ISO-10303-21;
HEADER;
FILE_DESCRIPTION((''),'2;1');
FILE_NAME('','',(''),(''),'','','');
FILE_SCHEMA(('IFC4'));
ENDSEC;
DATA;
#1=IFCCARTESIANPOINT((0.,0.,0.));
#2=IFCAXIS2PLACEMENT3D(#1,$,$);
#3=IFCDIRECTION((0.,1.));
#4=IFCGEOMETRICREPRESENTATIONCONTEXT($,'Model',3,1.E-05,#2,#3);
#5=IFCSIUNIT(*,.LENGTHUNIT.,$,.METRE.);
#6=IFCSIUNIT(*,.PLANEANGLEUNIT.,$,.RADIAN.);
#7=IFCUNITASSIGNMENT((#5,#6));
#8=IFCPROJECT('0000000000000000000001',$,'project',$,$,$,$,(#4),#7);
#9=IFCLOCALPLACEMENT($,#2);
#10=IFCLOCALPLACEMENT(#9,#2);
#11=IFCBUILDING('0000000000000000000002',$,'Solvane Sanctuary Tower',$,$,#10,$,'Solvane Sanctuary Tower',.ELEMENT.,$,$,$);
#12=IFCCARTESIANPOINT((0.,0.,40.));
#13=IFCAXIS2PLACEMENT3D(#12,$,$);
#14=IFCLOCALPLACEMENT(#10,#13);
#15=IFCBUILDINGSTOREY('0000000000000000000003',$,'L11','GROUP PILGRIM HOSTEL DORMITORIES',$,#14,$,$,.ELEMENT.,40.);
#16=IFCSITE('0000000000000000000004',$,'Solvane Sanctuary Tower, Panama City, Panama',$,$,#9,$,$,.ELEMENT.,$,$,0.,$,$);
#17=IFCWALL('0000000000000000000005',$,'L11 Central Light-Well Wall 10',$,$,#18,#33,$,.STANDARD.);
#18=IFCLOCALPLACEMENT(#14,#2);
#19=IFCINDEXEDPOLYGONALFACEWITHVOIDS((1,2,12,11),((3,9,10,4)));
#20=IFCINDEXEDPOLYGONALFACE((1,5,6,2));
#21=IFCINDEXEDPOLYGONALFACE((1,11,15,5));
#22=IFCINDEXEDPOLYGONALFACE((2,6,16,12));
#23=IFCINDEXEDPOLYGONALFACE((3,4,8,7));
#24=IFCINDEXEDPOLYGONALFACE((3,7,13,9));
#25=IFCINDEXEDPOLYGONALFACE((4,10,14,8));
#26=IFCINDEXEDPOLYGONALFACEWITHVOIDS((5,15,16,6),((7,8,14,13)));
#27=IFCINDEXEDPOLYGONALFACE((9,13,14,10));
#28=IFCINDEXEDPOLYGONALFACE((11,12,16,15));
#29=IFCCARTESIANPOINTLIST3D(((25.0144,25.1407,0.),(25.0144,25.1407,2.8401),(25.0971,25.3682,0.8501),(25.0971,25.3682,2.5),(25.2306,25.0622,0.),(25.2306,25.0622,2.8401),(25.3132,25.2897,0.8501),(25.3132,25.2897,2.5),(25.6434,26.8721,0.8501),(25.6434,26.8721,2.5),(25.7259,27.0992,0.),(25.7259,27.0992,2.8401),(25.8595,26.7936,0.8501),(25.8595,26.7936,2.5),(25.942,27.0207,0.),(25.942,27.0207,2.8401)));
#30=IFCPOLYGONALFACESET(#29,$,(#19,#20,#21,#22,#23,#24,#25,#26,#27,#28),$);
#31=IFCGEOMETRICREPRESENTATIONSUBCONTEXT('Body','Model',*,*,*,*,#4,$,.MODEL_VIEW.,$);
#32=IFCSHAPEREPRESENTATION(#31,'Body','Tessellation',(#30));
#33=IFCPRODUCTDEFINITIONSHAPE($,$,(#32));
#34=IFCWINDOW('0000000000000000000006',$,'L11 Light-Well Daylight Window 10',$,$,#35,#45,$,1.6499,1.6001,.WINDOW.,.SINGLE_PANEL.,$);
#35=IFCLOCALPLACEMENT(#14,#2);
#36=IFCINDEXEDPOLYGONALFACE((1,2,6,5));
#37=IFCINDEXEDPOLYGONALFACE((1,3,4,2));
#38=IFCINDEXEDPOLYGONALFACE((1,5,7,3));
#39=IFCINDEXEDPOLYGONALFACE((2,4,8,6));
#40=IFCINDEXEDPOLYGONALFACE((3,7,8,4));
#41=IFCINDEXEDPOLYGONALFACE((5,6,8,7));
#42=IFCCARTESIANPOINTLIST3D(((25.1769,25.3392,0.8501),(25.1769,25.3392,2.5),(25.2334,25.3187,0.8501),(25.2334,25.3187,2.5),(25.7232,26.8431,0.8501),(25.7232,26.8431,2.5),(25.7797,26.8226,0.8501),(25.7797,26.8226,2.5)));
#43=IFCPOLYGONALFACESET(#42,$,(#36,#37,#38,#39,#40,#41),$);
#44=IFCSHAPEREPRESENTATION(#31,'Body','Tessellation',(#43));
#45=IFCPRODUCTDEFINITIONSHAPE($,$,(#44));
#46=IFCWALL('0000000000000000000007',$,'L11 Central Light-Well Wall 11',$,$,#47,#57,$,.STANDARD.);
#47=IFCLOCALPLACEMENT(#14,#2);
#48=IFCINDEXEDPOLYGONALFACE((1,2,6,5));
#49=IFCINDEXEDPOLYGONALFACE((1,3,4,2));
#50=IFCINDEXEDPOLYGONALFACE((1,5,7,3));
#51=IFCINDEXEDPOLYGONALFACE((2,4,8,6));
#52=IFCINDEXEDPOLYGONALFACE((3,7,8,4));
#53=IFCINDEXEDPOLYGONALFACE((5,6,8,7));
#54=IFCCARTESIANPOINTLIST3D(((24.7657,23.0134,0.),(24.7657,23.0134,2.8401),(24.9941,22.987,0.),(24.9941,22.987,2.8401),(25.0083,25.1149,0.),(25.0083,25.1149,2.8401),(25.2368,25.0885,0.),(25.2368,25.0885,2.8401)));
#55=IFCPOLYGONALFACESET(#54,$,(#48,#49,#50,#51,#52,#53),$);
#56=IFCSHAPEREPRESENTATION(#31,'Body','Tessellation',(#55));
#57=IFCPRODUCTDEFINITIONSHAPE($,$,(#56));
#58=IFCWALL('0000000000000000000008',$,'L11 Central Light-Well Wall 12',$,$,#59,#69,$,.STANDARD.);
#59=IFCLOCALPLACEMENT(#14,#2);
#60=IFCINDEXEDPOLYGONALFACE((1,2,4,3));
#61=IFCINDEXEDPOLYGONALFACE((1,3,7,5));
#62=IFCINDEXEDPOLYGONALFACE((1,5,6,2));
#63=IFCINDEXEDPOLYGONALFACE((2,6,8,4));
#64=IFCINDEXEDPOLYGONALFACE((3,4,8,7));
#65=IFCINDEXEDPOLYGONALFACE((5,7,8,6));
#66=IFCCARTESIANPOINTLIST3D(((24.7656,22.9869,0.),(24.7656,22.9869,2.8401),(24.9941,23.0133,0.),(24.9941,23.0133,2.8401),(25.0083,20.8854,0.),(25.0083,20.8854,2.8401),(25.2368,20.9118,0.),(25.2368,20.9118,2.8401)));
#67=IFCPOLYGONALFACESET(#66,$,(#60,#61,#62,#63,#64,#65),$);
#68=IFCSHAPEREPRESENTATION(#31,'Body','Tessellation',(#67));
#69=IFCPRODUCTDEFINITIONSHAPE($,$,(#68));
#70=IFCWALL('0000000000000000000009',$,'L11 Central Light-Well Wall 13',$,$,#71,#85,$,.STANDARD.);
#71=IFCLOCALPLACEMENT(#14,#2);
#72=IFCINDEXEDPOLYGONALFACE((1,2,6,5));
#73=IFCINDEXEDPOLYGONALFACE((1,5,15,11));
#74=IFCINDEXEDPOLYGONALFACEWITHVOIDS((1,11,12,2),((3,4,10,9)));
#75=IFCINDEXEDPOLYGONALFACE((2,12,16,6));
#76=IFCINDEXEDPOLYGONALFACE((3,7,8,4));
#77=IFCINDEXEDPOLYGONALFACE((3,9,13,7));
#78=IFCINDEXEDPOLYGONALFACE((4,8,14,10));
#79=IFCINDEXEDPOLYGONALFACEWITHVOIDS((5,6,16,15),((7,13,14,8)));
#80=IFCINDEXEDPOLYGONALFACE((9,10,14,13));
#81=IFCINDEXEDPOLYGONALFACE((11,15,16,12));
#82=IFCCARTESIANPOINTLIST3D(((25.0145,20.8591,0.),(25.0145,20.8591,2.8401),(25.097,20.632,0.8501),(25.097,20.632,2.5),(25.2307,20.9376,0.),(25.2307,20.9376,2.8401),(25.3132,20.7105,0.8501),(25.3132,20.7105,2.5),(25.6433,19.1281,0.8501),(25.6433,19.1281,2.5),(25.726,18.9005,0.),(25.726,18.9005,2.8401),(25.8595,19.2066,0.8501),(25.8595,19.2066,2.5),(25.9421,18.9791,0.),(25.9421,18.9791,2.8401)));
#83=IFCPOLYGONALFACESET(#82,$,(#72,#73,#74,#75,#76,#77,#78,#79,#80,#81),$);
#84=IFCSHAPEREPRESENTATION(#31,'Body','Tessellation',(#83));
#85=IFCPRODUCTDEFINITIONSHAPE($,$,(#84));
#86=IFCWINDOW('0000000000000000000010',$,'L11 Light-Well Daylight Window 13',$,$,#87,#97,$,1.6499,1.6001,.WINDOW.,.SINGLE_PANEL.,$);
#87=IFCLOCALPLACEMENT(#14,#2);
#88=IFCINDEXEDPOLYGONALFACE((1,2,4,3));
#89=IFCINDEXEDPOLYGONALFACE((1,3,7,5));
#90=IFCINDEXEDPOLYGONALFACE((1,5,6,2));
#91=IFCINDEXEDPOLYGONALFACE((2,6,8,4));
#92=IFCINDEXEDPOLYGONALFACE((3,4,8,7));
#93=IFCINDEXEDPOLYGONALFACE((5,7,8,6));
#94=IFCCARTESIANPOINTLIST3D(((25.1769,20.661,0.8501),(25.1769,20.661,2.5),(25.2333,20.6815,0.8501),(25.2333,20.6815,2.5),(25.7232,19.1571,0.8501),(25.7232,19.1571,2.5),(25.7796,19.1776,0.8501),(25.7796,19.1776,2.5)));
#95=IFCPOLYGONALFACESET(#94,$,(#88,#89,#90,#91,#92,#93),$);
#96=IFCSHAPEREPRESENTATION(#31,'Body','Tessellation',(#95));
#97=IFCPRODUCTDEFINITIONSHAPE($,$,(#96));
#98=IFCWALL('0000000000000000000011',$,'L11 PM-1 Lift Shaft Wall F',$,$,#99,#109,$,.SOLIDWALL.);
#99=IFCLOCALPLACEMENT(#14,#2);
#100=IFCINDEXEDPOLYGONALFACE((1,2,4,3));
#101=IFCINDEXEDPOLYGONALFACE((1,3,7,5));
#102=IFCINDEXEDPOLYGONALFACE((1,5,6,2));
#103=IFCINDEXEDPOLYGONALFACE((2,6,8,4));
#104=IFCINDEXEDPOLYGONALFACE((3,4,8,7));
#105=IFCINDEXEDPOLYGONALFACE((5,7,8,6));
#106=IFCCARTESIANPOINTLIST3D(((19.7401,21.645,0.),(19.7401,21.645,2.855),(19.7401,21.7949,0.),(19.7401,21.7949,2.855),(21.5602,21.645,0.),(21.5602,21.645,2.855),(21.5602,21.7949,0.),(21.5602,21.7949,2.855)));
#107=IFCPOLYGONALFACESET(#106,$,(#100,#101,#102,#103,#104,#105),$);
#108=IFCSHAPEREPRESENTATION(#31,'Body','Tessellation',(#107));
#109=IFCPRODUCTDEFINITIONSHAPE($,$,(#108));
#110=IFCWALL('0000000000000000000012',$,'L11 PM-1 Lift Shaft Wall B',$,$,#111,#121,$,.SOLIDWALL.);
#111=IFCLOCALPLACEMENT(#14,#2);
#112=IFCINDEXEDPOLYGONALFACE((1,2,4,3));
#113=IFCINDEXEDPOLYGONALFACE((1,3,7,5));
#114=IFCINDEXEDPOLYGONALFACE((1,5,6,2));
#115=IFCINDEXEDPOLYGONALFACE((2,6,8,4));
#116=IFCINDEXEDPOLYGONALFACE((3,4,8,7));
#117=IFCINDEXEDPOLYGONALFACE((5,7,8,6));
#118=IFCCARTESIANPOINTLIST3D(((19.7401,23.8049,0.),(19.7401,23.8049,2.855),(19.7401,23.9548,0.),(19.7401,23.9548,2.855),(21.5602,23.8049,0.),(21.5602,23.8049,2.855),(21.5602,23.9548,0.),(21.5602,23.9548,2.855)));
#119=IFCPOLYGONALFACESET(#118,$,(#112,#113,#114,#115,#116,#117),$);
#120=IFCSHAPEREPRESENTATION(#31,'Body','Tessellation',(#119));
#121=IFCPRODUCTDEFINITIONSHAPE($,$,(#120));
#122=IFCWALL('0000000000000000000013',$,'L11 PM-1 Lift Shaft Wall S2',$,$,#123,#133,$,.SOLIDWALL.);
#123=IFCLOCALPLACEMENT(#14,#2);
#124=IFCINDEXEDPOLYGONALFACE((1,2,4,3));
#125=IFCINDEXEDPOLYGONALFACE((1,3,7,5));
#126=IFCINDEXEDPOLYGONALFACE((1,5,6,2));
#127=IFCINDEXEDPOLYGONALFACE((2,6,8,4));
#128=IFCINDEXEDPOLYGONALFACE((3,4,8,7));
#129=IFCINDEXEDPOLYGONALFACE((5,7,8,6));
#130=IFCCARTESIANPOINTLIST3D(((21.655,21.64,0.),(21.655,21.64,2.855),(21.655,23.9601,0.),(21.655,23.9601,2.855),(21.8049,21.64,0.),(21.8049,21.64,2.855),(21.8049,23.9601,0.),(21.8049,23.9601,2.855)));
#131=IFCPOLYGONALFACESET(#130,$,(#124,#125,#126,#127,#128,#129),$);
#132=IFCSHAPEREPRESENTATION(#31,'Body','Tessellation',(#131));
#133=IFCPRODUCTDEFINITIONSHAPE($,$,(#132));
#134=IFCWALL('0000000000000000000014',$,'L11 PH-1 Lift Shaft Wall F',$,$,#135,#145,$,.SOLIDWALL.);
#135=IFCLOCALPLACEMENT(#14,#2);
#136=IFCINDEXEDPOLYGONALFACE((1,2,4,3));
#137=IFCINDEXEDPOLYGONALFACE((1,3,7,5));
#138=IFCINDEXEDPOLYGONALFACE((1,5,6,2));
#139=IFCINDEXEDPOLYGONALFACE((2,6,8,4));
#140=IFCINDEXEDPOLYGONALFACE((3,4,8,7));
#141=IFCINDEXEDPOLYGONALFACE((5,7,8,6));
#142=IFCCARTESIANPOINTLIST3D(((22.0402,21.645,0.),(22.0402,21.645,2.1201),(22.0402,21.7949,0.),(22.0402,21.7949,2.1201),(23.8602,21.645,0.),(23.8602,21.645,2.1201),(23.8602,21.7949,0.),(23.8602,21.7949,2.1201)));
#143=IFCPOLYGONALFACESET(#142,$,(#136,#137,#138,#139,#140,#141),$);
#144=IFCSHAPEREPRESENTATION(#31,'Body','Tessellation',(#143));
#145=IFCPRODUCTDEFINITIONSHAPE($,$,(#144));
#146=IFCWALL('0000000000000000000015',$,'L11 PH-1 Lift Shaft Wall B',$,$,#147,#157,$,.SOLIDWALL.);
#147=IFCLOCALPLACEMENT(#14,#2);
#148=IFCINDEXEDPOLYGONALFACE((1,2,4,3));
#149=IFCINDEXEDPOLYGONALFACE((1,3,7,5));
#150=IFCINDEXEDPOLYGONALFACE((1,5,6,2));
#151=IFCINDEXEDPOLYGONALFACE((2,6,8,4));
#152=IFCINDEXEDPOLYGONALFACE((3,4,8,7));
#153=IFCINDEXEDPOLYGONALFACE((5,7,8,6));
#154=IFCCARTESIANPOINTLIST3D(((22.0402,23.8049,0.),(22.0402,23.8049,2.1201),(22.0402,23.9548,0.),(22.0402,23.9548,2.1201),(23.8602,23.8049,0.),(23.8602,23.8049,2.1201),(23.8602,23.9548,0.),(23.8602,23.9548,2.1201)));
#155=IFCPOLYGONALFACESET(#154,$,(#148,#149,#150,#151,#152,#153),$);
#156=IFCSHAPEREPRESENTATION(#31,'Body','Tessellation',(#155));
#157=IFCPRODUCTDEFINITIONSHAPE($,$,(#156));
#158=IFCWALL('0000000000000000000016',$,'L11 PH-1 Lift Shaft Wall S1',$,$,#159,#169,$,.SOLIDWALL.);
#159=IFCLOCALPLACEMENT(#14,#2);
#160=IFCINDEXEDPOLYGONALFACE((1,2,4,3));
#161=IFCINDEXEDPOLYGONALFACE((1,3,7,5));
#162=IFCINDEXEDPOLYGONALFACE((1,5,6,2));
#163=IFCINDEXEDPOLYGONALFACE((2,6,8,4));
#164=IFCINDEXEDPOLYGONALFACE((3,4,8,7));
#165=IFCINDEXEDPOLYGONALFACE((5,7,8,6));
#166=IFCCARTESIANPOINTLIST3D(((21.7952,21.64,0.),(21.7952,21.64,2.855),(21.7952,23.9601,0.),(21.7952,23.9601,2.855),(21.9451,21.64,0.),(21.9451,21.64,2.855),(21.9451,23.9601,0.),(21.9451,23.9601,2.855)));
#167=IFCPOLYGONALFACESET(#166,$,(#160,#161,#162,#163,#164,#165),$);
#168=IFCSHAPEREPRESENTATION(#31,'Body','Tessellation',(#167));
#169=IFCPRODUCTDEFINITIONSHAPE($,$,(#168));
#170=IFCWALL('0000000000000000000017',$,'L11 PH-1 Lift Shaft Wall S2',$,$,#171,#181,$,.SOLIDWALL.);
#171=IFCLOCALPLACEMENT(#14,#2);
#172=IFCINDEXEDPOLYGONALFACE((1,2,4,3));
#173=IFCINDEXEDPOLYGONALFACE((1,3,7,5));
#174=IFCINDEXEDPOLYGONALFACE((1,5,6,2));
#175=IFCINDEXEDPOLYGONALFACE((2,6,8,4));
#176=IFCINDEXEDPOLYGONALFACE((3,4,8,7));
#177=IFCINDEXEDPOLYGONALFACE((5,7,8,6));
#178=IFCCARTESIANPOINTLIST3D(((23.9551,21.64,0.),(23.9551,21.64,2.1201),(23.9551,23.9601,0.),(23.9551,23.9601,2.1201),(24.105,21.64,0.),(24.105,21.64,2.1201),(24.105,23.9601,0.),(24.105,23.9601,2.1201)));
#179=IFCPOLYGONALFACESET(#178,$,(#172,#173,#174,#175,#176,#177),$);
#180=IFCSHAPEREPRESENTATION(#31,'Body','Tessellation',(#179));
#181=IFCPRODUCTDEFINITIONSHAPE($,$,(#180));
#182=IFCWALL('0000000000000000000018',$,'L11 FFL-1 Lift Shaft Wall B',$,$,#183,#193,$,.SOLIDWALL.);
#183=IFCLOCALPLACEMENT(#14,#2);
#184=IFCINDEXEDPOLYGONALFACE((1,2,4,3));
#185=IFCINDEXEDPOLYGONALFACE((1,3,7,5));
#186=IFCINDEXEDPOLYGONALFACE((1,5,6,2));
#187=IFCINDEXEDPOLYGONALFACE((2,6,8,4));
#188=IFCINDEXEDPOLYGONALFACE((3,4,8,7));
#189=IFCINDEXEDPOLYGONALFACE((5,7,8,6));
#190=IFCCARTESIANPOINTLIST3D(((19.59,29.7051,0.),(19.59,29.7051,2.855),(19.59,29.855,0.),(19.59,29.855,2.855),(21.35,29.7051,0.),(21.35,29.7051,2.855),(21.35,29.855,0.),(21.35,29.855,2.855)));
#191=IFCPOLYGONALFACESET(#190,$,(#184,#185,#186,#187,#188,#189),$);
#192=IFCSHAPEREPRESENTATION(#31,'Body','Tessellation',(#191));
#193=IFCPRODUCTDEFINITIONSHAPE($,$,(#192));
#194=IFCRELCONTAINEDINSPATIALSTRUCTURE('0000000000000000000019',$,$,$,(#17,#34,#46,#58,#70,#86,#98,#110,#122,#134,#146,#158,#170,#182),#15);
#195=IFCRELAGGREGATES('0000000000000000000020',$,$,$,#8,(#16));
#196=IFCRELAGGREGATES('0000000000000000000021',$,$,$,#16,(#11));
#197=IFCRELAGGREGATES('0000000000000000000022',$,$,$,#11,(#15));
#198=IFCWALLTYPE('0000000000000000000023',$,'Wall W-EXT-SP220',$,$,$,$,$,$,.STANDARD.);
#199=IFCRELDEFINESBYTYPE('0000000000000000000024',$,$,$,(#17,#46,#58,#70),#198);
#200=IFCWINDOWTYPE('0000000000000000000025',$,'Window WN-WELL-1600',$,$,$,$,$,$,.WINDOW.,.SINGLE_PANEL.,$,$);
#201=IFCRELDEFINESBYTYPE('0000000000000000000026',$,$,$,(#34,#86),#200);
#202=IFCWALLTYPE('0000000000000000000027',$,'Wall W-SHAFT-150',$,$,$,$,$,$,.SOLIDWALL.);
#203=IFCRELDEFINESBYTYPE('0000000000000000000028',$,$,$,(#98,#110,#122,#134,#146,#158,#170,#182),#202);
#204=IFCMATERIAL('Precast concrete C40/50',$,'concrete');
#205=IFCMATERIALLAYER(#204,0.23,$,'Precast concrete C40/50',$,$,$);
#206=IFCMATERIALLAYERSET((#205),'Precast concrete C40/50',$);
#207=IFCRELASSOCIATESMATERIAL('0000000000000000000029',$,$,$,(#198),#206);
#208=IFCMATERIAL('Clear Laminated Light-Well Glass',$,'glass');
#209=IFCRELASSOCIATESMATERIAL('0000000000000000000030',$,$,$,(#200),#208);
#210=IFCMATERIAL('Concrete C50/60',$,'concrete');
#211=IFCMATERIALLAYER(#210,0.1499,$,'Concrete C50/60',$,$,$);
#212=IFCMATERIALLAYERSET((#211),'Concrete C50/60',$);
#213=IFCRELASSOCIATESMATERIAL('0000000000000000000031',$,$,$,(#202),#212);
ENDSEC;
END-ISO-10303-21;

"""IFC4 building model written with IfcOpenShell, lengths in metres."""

from ifc_helpers import new_model, si_unit, direction, frame, frame_2d, origin, place, context, subcontext, project, spatial, rectangle, extrude, material, layer, layer_set, type_object, element, fill, save


model = new_model("IFC4")

# Units and contexts
model_context = context("Model", 3, precision=1e-05, world=origin(), true_north=direction((0.0, 1.0)))
body_context = subcontext(model_context, "Body", "Model", "MODEL_VIEW")
ifc_project = project(units=[si_unit("LENGTHUNIT", "METRE"), si_unit("PLANEANGLEUNIT", "RADIAN")], contexts=[model_context])

# Site, building, storey
site_placement = place(None, origin())
site = spatial("IfcSite", under=ifc_project, at=site_placement, Name="Solvane Sanctuary Tower, Panama City, Panama", CompositionType="ELEMENT", RefElevation=0.0)
building_placement = place(site_placement, origin())
building = spatial("IfcBuilding", under=site, at=building_placement, Name="Solvane Sanctuary Tower", LongName="Solvane Sanctuary Tower", CompositionType="ELEMENT")
storey_placement = place(building_placement, frame((0.0, 0.0, 40.0)))
storey = spatial("IfcBuildingStorey", under=building, at=storey_placement, Name="L11", Description="GROUP PILGRIM HOSTEL DORMITORIES", CompositionType="ELEMENT", Elevation=40.0)

# Shared definitions
ifc_material_1 = material(Name="Precast concrete C40/50", Category="concrete")
ifc_layer_1 = layer(ifc_material_1, 0.23, Name="Precast concrete C40/50")
ifc_layer_set_1 = layer_set([ifc_layer_1], Name="Precast concrete C40/50")
wall_type_1 = type_object("IfcWallType", Name="Wall W-EXT-SP220", PredefinedType="STANDARD", material=ifc_layer_set_1)

# Wall, opening, window
wall_1_placement = place(storey_placement, frame((25.834, 27.0601, 0.0), z_axis=(0.0, 0.0, 1.0), x_axis=(-0.341423, -0.93991, 0.0)))
wall_1 = element("IfcWall", 1, at=wall_1_placement, inside=storey, type_object=wall_type_1, Name="L11 Central Light-Well Wall 10", PredefinedType="STANDARD", context=body_context, shape_type="SweptSolid", body=[
    extrude(rectangle(XDim=2.0837, YDim=0.23, at=frame_2d((1.042, 0.0))), origin(), (0.0, 0.0, 1.0), 2.8401),
])
opening_1_placement = place(wall_1_placement, frame((0.2417, 0.0, 0.8501)))
opening_1 = element("IfcOpeningElement", 2, at=opening_1_placement, cuts=wall_1, PredefinedType="OPENING", context=body_context, shape_type="SweptSolid", body=[
    extrude(rectangle(XDim=1.6001, YDim=1.6499, at=frame_2d((0.8, 0.825))), frame((0.0, 0.125, 0.0), z_axis=(0.0, -1.0, 0.0), x_axis=(1.0, 0.0, 0.0)), (0.0, 0.0, 1.0), 0.25),
])
ifc_material_2 = material(Name="Clear Laminated Light-Well Glass", Category="glass")
window_type = type_object("IfcWindowType", Name="Window WN-WELL-1600", PartitioningType="SINGLE_PANEL", PredefinedType="WINDOW", material=ifc_material_2)
window_1_placement = place(opening_1_placement, origin())
window_1 = element("IfcWindow", 3, at=window_1_placement, inside=storey, type_object=window_type, Name="L11 Light-Well Daylight Window 10", OverallHeight=1.6499, OverallWidth=1.6001, PartitioningType="SINGLE_PANEL", PredefinedType="WINDOW", context=body_context, shape_type="SweptSolid", body=[
    extrude(rectangle(XDim=1.6001, YDim=1.6499, at=frame_2d((0.8, 0.825))), frame((0.0, 0.03, 0.0), z_axis=(0.0, -1.0, 0.0), x_axis=(1.0, 0.0, 0.0)), (0.0, 0.0, 1.0), 0.0601),
])
fill(opening_1, window_1)

# Walls
for number, where, z_axis, x_axis, name in (
    (4, (25.1226, 25.1016, 0.0), (0.0, 0.0, 1.0), (-0.114712, -0.993399, 0.0), "L11 Central Light-Well Wall 11"),
    (5, (24.8799, 23.0, 0.0), (0.0, 0.0, 1.0), (0.114712, -0.993399, 0.0), "L11 Central Light-Well Wall 12"),
):
    element("IfcWall", number, at=place(storey_placement, frame(where, z_axis=z_axis, x_axis=x_axis)), inside=storey, type_object=wall_type_1, Name=name, PredefinedType="STANDARD", context=body_context, shape_type="SweptSolid", body=[
        extrude(rectangle(XDim=2.1155, YDim=0.23, at=frame_2d((1.0576, 0.0))), origin(), (0.0, 0.0, 1.0), 2.8401),
    ])

# Wall, opening, window
wall_2_placement = place(storey_placement, frame((25.1226, 20.8984, 0.0), z_axis=(0.0, 0.0, 1.0), x_axis=(0.341423, -0.93991, 0.0)))
wall_2 = element("IfcWall", 6, at=wall_2_placement, inside=storey, type_object=wall_type_1, Name="L11 Central Light-Well Wall 13", PredefinedType="STANDARD", context=body_context, shape_type="SweptSolid", body=[
    extrude(rectangle(XDim=2.0837, YDim=0.23, at=frame_2d((1.042, 0.0))), origin(), (0.0, 0.0, 1.0), 2.8401),
])
opening_2_placement = place(wall_2_placement, frame((0.2417, 0.0, 0.8501)))
opening_2 = element("IfcOpeningElement", 7, at=opening_2_placement, cuts=wall_2, PredefinedType="OPENING", context=body_context, shape_type="SweptSolid", body=[
    extrude(rectangle(XDim=1.6001, YDim=1.6499, at=frame_2d((0.8, 0.825))), frame((0.0, 0.125, 0.0), z_axis=(0.0, -1.0, 0.0), x_axis=(1.0, 0.0, 0.0)), (0.0, 0.0, 1.0), 0.25),
])
window_2_placement = place(opening_2_placement, origin())
window_2 = element("IfcWindow", 8, at=window_2_placement, inside=storey, type_object=window_type, Name="L11 Light-Well Daylight Window 13", OverallHeight=1.6499, OverallWidth=1.6001, PartitioningType="SINGLE_PANEL", PredefinedType="WINDOW", context=body_context, shape_type="SweptSolid", body=[
    extrude(rectangle(XDim=1.6001, YDim=1.6499, at=frame_2d((0.8, 0.825))), frame((0.0, 0.03, 0.0), z_axis=(0.0, -1.0, 0.0), x_axis=(1.0, 0.0, 0.0)), (0.0, 0.0, 1.0), 0.0601),
])
fill(opening_2, window_2)

# Walls
ifc_material_3 = material(Name="Concrete C50/60", Category="concrete")
ifc_layer_2 = layer(ifc_material_3, 0.1499, Name="Concrete C50/60")
ifc_layer_set_2 = layer_set([ifc_layer_2], Name="Concrete C50/60")
wall_type_2 = type_object("IfcWallType", Name="Wall W-SHAFT-150", PredefinedType="SOLIDWALL", material=ifc_layer_set_2)
for number, where, z_axis, x_axis, name in (
    (9, (19.74, 21.72, 0.0), (0.0, 0.0, 1.0), (1.0, 0.0, 0.0), "L11 PM-1 Lift Shaft Wall F"),
    (10, (19.74, 23.8799, 0.0), (0.0, 0.0, 1.0), (1.0, 0.0, 0.0), "L11 PM-1 Lift Shaft Wall B"),
):
    element("IfcWall", number, at=place(storey_placement, frame(where, z_axis=z_axis, x_axis=x_axis)), inside=storey, type_object=wall_type_2, Name=name, PredefinedType="SOLIDWALL", context=body_context, shape_type="SweptSolid", body=[
        extrude(rectangle(XDim=1.8201, YDim=0.1499, at=frame_2d((0.9102, 0.0))), origin(), (0.0, 0.0, 1.0), 2.855),
    ])
wall_3_placement = place(storey_placement, frame((21.73, 21.6399, 0.0), z_axis=(0.0, 0.0, 1.0), x_axis=(0.0, 1.0, 0.0)))
element("IfcWall", 11, at=wall_3_placement, inside=storey, type_object=wall_type_2, Name="L11 PM-1 Lift Shaft Wall S2", PredefinedType="SOLIDWALL", context=body_context, shape_type="SweptSolid", body=[
    extrude(rectangle(XDim=2.3201, YDim=0.1499, at=frame_2d((1.1602, 0.0))), origin(), (0.0, 0.0, 1.0), 2.855),
])
for number, where, z_axis, x_axis, name in (
    (12, (22.04, 21.72, 0.0), (0.0, 0.0, 1.0), (1.0, 0.0, 0.0), "L11 PH-1 Lift Shaft Wall F"),
    (13, (22.04, 23.8799, 0.0), (0.0, 0.0, 1.0), (1.0, 0.0, 0.0), "L11 PH-1 Lift Shaft Wall B"),
):
    element("IfcWall", number, at=place(storey_placement, frame(where, z_axis=z_axis, x_axis=x_axis)), inside=storey, type_object=wall_type_2, Name=name, PredefinedType="SOLIDWALL", context=body_context, shape_type="SweptSolid", body=[
        extrude(rectangle(XDim=1.8201, YDim=0.1499, at=frame_2d((0.9102, 0.0))), origin(), (0.0, 0.0, 1.0), 2.1201),
    ])
wall_4_placement = place(storey_placement, frame((21.8701, 21.6399, 0.0), z_axis=(0.0, 0.0, 1.0), x_axis=(0.0, 1.0, 0.0)))
element("IfcWall", 14, at=wall_4_placement, inside=storey, type_object=wall_type_2, Name="L11 PH-1 Lift Shaft Wall S1", PredefinedType="SOLIDWALL", context=body_context, shape_type="SweptSolid", body=[
    extrude(rectangle(XDim=2.3201, YDim=0.1499, at=frame_2d((1.1602, 0.0))), origin(), (0.0, 0.0, 1.0), 2.855),
])
wall_5_placement = place(storey_placement, frame((24.03, 21.6399, 0.0), z_axis=(0.0, 0.0, 1.0), x_axis=(0.0, 1.0, 0.0)))
element("IfcWall", 15, at=wall_5_placement, inside=storey, type_object=wall_type_2, Name="L11 PH-1 Lift Shaft Wall S2", PredefinedType="SOLIDWALL", context=body_context, shape_type="SweptSolid", body=[
    extrude(rectangle(XDim=2.3201, YDim=0.1499, at=frame_2d((1.1602, 0.0))), origin(), (0.0, 0.0, 1.0), 2.1201),
])
wall_6_placement = place(storey_placement, frame((19.5901, 29.78, 0.0), z_axis=(0.0, 0.0, 1.0), x_axis=(1.0, 0.0, 0.0)))
element("IfcWall", 16, at=wall_6_placement, inside=storey, type_object=wall_type_2, Name="L11 FFL-1 Lift Shaft Wall B", PredefinedType="SOLIDWALL", context=body_context, shape_type="SweptSolid", body=[
    extrude(rectangle(XDim=1.76, YDim=0.1499, at=frame_2d((0.8799, 0.0))), origin(), (0.0, 0.0, 1.0), 2.855),
])

save(model, "model.ifc")
